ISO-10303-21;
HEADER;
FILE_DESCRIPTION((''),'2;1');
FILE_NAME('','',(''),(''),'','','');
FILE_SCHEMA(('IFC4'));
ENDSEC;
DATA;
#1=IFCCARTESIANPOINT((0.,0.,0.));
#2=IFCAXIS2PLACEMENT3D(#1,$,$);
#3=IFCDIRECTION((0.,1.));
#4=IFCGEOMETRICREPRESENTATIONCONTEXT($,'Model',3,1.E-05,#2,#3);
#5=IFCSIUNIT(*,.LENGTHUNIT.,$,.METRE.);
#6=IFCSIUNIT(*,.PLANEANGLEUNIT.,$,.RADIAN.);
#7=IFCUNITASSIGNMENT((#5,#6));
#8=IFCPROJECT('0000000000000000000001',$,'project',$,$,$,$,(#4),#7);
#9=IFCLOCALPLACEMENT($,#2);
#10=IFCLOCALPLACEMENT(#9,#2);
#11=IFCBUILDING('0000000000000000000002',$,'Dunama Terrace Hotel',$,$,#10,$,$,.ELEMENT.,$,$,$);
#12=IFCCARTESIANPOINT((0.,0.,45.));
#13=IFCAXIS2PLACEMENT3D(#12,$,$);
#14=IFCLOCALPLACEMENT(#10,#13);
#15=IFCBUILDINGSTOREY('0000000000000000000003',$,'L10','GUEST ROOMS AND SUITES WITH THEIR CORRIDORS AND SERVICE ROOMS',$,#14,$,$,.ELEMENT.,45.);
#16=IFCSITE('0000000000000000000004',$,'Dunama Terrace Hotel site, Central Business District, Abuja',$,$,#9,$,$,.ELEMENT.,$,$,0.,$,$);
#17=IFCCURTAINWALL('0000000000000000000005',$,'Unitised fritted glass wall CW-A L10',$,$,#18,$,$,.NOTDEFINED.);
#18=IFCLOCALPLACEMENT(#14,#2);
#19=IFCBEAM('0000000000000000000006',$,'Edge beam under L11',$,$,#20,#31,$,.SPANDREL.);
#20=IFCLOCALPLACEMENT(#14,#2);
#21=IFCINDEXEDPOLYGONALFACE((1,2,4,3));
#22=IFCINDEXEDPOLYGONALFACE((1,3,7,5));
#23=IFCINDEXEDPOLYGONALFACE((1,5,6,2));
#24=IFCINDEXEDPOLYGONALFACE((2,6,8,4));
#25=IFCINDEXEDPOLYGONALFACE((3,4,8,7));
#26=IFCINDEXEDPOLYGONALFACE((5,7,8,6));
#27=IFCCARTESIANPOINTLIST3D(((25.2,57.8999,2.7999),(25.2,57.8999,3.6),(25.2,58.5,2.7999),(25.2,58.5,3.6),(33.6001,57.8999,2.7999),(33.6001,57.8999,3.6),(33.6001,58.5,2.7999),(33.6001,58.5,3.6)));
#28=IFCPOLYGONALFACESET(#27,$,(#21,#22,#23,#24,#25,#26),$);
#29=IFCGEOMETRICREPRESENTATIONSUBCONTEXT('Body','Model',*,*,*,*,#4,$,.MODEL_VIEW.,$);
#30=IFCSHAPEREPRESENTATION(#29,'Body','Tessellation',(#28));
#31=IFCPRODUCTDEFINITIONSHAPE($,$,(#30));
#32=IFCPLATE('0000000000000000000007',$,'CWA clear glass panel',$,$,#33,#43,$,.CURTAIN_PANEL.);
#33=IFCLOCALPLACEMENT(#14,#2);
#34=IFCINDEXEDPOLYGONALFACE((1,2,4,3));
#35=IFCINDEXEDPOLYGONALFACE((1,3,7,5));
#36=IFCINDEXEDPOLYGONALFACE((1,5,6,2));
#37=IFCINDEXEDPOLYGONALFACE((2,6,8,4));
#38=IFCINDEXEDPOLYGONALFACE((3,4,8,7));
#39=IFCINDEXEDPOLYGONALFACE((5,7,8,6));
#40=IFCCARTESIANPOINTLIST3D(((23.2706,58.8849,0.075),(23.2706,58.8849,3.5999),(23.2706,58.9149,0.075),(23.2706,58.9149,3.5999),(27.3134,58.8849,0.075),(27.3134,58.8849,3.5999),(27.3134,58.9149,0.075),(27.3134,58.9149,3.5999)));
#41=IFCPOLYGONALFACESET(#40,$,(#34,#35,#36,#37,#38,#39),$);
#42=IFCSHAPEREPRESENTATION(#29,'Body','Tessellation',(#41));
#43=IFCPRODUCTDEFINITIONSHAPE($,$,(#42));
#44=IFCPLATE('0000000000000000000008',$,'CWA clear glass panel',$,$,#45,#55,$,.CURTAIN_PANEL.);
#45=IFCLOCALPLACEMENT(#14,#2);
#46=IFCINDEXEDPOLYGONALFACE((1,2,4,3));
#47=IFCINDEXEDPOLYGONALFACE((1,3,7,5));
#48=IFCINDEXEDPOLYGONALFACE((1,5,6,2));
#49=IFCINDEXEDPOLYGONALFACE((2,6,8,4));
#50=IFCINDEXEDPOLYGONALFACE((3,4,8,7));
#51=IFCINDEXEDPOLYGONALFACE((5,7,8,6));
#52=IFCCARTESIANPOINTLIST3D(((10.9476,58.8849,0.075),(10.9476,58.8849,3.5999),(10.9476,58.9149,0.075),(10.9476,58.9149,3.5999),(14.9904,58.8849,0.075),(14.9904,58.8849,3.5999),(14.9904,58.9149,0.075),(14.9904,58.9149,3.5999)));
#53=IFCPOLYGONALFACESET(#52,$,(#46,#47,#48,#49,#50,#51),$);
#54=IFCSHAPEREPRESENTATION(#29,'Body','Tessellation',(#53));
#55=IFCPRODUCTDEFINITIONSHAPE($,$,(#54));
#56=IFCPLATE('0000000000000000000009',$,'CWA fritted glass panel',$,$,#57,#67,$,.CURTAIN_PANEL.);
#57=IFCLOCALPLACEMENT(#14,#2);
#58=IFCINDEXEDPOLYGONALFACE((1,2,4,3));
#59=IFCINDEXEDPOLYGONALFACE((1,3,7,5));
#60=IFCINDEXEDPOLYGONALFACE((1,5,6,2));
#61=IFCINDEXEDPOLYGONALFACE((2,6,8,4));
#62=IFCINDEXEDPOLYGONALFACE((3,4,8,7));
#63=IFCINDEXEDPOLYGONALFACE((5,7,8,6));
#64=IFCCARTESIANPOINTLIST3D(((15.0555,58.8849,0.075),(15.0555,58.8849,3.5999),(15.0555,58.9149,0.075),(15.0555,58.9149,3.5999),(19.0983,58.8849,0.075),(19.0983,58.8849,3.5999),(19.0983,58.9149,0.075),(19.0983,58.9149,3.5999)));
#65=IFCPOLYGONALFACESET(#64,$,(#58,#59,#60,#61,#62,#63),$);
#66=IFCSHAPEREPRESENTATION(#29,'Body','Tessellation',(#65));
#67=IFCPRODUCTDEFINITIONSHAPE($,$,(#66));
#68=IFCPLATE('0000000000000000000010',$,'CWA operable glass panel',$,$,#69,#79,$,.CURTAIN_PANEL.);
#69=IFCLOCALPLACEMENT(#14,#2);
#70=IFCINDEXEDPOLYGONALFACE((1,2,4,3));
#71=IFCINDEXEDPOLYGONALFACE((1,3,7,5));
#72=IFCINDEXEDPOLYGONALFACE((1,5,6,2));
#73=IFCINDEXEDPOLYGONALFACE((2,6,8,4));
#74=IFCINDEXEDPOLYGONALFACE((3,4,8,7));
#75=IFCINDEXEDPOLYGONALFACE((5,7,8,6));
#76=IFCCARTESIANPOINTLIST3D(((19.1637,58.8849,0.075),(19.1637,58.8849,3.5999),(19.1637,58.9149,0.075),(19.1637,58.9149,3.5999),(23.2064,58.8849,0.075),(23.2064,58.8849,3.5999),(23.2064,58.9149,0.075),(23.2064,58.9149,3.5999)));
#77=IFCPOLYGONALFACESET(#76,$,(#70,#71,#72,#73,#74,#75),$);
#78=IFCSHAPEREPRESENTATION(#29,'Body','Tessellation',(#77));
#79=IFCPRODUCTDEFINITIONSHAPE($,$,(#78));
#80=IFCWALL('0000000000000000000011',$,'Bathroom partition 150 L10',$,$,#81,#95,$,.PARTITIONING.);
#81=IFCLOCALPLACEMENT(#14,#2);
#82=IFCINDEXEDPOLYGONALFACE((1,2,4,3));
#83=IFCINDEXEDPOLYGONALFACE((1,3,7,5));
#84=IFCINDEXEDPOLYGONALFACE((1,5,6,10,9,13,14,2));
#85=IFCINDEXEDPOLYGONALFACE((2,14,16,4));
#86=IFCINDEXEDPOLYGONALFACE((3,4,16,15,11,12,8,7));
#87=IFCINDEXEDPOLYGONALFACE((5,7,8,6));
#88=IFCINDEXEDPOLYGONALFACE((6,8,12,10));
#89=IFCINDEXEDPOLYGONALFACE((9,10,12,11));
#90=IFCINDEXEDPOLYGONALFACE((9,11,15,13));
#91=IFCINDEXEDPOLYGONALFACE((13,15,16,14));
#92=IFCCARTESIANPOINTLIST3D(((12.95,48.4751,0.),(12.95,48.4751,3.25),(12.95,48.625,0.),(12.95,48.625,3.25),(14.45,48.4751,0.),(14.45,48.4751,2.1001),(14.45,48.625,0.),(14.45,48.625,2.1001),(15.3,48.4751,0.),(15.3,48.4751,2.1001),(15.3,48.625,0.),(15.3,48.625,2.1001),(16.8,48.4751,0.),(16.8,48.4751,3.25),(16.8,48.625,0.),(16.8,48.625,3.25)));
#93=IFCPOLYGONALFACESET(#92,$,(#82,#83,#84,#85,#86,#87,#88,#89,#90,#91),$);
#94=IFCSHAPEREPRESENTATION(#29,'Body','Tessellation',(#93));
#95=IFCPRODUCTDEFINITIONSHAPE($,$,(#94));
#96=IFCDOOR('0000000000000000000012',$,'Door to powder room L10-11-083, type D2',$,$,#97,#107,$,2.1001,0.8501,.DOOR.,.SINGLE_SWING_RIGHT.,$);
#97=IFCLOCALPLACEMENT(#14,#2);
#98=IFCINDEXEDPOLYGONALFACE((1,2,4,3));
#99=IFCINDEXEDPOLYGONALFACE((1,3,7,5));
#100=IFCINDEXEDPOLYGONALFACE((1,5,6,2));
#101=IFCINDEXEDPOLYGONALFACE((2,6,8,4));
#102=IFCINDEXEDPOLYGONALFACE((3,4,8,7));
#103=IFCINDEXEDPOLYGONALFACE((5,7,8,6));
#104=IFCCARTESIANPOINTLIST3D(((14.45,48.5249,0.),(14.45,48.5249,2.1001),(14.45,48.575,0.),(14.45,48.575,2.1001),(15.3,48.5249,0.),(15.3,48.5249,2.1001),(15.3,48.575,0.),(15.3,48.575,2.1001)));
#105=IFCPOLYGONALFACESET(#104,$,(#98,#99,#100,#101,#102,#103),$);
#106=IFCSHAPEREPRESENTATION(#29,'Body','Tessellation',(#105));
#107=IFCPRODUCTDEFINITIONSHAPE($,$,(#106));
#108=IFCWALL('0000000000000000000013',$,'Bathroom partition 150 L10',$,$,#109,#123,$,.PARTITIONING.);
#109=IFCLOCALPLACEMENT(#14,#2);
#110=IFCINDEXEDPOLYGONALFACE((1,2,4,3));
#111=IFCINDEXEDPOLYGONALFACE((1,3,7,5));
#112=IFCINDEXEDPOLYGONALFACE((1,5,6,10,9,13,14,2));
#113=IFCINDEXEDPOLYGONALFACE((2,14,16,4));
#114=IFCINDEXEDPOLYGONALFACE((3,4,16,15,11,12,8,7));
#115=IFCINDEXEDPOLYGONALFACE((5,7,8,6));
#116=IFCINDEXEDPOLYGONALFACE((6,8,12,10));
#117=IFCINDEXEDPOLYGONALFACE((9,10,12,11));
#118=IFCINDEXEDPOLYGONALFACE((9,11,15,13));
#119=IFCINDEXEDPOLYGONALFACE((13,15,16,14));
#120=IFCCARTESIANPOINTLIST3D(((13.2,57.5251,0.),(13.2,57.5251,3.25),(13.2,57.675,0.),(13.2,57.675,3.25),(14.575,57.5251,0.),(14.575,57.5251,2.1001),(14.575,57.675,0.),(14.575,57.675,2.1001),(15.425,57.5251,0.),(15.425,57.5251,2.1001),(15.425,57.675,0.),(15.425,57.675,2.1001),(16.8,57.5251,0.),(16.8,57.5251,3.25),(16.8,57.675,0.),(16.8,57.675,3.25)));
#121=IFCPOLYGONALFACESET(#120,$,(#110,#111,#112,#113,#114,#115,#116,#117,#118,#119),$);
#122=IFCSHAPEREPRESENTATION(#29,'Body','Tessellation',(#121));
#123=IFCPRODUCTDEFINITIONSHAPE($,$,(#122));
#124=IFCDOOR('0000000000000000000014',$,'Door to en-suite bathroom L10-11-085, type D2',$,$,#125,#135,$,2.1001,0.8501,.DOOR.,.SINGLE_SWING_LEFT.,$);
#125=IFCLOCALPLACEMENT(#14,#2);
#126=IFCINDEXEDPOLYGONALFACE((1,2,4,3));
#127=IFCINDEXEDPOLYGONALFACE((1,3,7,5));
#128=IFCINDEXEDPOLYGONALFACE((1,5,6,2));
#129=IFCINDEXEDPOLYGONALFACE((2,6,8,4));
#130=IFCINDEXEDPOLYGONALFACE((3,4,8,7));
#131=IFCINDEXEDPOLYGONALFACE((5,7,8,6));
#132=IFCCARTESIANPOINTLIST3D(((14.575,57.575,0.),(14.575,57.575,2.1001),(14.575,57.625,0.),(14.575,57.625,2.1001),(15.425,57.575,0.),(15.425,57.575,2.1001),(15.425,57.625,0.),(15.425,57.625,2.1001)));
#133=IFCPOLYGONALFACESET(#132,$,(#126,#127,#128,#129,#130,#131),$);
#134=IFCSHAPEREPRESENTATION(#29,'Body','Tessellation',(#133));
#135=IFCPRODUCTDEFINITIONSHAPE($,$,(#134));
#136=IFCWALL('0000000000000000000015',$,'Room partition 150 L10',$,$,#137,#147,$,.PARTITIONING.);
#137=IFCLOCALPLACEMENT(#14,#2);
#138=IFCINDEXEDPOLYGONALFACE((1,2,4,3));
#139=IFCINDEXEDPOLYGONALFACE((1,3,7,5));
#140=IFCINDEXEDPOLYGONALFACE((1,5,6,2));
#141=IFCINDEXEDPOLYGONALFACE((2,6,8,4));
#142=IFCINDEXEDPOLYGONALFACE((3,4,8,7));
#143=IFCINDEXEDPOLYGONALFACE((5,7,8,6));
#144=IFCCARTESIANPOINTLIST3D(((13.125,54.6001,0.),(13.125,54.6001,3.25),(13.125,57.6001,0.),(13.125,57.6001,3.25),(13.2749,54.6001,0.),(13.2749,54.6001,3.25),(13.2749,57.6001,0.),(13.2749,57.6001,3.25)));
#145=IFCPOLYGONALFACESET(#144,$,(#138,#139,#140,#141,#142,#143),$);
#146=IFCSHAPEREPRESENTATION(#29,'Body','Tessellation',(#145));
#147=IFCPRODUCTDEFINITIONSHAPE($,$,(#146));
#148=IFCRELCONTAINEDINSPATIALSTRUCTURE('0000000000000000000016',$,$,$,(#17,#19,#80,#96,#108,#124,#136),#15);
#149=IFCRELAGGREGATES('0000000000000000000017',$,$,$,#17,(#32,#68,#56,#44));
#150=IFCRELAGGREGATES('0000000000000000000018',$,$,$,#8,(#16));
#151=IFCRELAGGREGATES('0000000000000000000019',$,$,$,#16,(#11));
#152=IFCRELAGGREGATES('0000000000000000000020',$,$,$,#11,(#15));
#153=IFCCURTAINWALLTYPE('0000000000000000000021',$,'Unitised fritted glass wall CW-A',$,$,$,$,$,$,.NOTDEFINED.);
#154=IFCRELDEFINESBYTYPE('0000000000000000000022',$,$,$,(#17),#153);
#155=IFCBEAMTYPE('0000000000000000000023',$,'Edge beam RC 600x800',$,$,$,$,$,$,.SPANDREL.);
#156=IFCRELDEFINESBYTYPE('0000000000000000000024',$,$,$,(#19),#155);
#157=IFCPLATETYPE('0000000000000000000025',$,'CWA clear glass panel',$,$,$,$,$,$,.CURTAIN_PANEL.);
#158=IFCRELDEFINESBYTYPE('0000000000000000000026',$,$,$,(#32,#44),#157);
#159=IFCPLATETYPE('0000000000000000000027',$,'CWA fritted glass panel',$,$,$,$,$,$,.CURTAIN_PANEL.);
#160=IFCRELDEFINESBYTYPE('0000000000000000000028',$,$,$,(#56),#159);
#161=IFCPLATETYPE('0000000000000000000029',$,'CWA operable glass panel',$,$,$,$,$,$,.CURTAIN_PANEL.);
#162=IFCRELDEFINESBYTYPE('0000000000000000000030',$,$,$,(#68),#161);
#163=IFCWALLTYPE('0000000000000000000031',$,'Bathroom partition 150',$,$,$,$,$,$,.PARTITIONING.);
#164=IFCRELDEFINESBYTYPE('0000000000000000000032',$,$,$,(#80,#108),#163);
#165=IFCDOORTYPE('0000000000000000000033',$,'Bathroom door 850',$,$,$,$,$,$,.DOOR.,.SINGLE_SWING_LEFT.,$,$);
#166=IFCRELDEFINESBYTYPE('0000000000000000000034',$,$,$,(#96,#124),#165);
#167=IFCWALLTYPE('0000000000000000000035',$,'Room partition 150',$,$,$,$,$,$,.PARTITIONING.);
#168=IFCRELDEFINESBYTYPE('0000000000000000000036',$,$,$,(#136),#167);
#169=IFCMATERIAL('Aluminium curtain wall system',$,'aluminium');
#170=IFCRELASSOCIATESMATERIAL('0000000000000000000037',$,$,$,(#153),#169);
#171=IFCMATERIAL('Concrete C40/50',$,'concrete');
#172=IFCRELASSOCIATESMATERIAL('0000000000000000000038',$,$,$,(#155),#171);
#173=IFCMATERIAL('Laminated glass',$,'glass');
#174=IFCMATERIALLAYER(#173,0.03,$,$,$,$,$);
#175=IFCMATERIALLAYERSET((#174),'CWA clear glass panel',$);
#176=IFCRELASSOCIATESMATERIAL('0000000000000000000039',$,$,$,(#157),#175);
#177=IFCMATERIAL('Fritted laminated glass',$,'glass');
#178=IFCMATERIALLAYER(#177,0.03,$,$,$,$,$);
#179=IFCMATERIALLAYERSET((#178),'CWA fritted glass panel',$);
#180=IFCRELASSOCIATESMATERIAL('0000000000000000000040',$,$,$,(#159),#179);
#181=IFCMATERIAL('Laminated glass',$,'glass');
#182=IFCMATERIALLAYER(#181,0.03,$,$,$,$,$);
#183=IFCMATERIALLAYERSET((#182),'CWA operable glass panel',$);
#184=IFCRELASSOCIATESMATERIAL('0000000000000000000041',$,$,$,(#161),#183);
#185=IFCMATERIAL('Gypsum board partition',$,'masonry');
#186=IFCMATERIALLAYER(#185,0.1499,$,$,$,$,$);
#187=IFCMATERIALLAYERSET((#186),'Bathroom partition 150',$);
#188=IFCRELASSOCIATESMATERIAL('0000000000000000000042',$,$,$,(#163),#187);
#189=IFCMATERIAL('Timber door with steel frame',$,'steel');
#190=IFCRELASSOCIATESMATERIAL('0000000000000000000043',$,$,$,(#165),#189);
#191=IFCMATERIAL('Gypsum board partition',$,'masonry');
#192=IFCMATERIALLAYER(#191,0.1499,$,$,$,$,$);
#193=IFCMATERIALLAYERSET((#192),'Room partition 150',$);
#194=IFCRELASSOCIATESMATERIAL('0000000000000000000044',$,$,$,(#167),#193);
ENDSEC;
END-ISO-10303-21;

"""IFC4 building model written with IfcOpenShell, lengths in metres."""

from ifc_helpers import new_model, si_unit, direction, frame, frame_2d, origin, origin_2d, place, context, subcontext, project, spatial, rectangle, extrude, material, layer, layer_set, material_profile, profile_set, type_object, element, fill, aggregate, save


model = new_model("IFC4")

# Units and contexts
model_context = context("Model", 3, precision=1e-05, world=origin(), true_north=direction((0.0, 1.0)))
body_context = subcontext(model_context, "Body", "Model", "MODEL_VIEW")
ifc_project = project(units=[si_unit("LENGTHUNIT", "METRE"), si_unit("PLANEANGLEUNIT", "RADIAN")], contexts=[model_context])

# Site, building, storey
site_placement = place(None, origin())
site = spatial("IfcSite", under=ifc_project, at=site_placement, Name="Dunama Terrace Hotel site, Central Business District, Abuja", CompositionType="ELEMENT", RefElevation=0.0)
building_placement = place(site_placement, origin())
building = spatial("IfcBuilding", under=site, at=building_placement, Name="Dunama Terrace Hotel", CompositionType="ELEMENT")
storey_placement = place(building_placement, frame((0.0, 0.0, 45.0)))
storey = spatial("IfcBuildingStorey", under=building, at=storey_placement, Name="L10", Description="GUEST ROOMS AND SUITES WITH THEIR CORRIDORS AND SERVICE ROOMS", CompositionType="ELEMENT", Elevation=45.0)

# Curtain wall
ifc_material_1 = material(Name="Aluminium curtain wall system", Category="aluminium")
curtain_wall_type = type_object("IfcCurtainWallType", Name="Unitised fritted glass wall CW-A", PredefinedType="NOTDEFINED", material=ifc_material_1)
curtain_wall_placement = place(storey_placement, origin())
curtain_wall = element("IfcCurtainWall", 1, at=curtain_wall_placement, inside=storey, type_object=curtain_wall_type, Name="Unitised fritted glass wall CW-A L10", PredefinedType="NOTDEFINED")

# Beam
ifc_material_2 = material(Name="Concrete C40/50", Category="concrete")
ifc_material_profile_1 = material_profile(ifc_material_2, rectangle(XDim=0.6001, YDim=0.8, at=origin_2d()), Name="RC 600x800")
ifc_profile_set_1 = profile_set([ifc_material_profile_1], Name="Concrete C40/50")
beam_type = type_object("IfcBeamType", Name="Edge beam RC 600x800", PredefinedType="SPANDREL", material=ifc_profile_set_1)
beam_1_placement = place(storey_placement, frame((25.2, 58.2, 3.2), z_axis=(1.0, 0.0, 0.0), x_axis=(0.0, 1.0, 0.0)))
element("IfcBeam", 2, at=beam_1_placement, inside=storey, type_object=beam_type, Name="Edge beam under L11", PredefinedType="SPANDREL", context=body_context, shape_type="SweptSolid", body=[
    extrude(rectangle(XDim=0.6001, YDim=0.8, at=origin_2d()), origin(), (0.0, 0.0, 1.0), 8.4001),
])

# Plates
ifc_material_3 = material(Name="Laminated glass", Category="glass")
ifc_layer_1 = layer(ifc_material_3, 0.03)
ifc_layer_set_1 = layer_set([ifc_layer_1], Name="CWA clear glass panel")
plate_type_1 = type_object("IfcPlateType", Name="CWA clear glass panel", PredefinedType="CURTAIN_PANEL", material=ifc_layer_set_1)
plate_1_placement = place(storey_placement, frame((25.292, 58.8999, 0.075), z_axis=(0.0, 0.0, 1.0), x_axis=(-1.0, 0.0, 0.0)))
plate_1 = element("IfcPlate", 3, at=plate_1_placement, type_object=plate_type_1, Name="CWA clear glass panel", PredefinedType="CURTAIN_PANEL", context=body_context, shape_type="SweptSolid", body=[
    extrude(rectangle(XDim=4.0427, YDim=0.03, at=origin_2d()), origin(), (0.0, 0.0, 1.0), 3.5249),
])
plate_2_placement = place(storey_placement, frame((12.969, 58.8999, 0.075), z_axis=(0.0, 0.0, 1.0), x_axis=(-1.0, 0.0, 0.0)))
plate_2 = element("IfcPlate", 4, at=plate_2_placement, type_object=plate_type_1, Name="CWA clear glass panel", PredefinedType="CURTAIN_PANEL", context=body_context, shape_type="SweptSolid", body=[
    extrude(rectangle(XDim=4.0427, YDim=0.03, at=origin_2d()), origin(), (0.0, 0.0, 1.0), 3.5249),
])
ifc_material_4 = material(Name="Fritted laminated glass", Category="glass")
ifc_layer_2 = layer(ifc_material_4, 0.03)
ifc_layer_set_2 = layer_set([ifc_layer_2], Name="CWA fritted glass panel")
plate_type_2 = type_object("IfcPlateType", Name="CWA fritted glass panel", PredefinedType="CURTAIN_PANEL", material=ifc_layer_set_2)
plate_3_placement = place(storey_placement, frame((17.0769, 58.8999, 0.075), z_axis=(0.0, 0.0, 1.0), x_axis=(-1.0, 0.0, 0.0)))
plate_3 = element("IfcPlate", 5, at=plate_3_placement, type_object=plate_type_2, Name="CWA fritted glass panel", PredefinedType="CURTAIN_PANEL", context=body_context, shape_type="SweptSolid", body=[
    extrude(rectangle(XDim=4.0427, YDim=0.03, at=origin_2d()), origin(), (0.0, 0.0, 1.0), 3.5249),
])
ifc_material_5 = material(Name="Laminated glass", Category="glass")
ifc_layer_3 = layer(ifc_material_5, 0.03)
ifc_layer_set_3 = layer_set([ifc_layer_3], Name="CWA operable glass panel")
plate_type_3 = type_object("IfcPlateType", Name="CWA operable glass panel", PredefinedType="CURTAIN_PANEL", material=ifc_layer_set_3)
plate_4_placement = place(storey_placement, frame((21.1851, 58.8999, 0.075), z_axis=(0.0, 0.0, 1.0), x_axis=(-1.0, 0.0, 0.0)))
plate_4 = element("IfcPlate", 6, at=plate_4_placement, type_object=plate_type_3, Name="CWA operable glass panel", PredefinedType="CURTAIN_PANEL", context=body_context, shape_type="SweptSolid", body=[
    extrude(rectangle(XDim=4.0427, YDim=0.03, at=origin_2d()), origin(), (0.0, 0.0, 1.0), 3.5249),
])
aggregate(curtain_wall, [plate_1, plate_4, plate_3, plate_2])

# Walls, openings, doors
ifc_material_6 = material(Name="Gypsum board partition", Category="masonry")
ifc_layer_4 = layer(ifc_material_6, 0.1499)
ifc_layer_set_4 = layer_set([ifc_layer_4], Name="Bathroom partition 150")
wall_type_1 = type_object("IfcWallType", Name="Bathroom partition 150", PredefinedType="PARTITIONING", material=ifc_layer_set_4)
wall_1_placement = place(storey_placement, frame((12.95, 48.55, 0.0), z_axis=(0.0, 0.0, 1.0), x_axis=(1.0, 0.0, 0.0)))
wall_1 = element("IfcWall", 7, at=wall_1_placement, inside=storey, type_object=wall_type_1, Name="Bathroom partition 150 L10", PredefinedType="PARTITIONING", context=body_context, shape_type="SweptSolid", body=[
    extrude(rectangle(XDim=3.8501, YDim=0.1499, at=frame_2d((1.925, 0.0))), origin(), (0.0, 0.0, 1.0), 3.25),
])
opening_1_placement = place(wall_1_placement, frame((1.5, 0.0, 0.0)))
opening_1 = element("IfcOpeningElement", 8, at=opening_1_placement, cuts=wall_1, PredefinedType="OPENING", context=body_context, shape_type="SweptSolid", body=[
    extrude(rectangle(XDim=0.8501, YDim=2.1001, at=frame_2d((0.425, 1.05))), frame((0.0, 0.085, 0.0), z_axis=(0.0, -1.0, 0.0), x_axis=(1.0, 0.0, 0.0)), (0.0, 0.0, 1.0), 0.1699),
])
ifc_material_7 = material(Name="Timber door with steel frame", Category="steel")
door_type_1 = type_object("IfcDoorType", Name="Bathroom door 850", OperationType="SINGLE_SWING_LEFT", PredefinedType="DOOR", material=ifc_material_7)
door_1_placement = place(opening_1_placement, frame((0.8501, 0.0, 0.0), z_axis=(0.0, 0.0, 1.0), x_axis=(-1.0, 0.0, 0.0)))
door_1 = element("IfcDoor", 9, at=door_1_placement, inside=storey, type_object=door_type_1, Name="Door to powder room L10-11-083, type D2", OperationType="SINGLE_SWING_RIGHT", OverallHeight=2.1001, OverallWidth=0.8501, PredefinedType="DOOR", context=body_context, shape_type="SweptSolid", body=[
    extrude(rectangle(XDim=0.8501, YDim=2.1001, at=frame_2d((0.425, 1.05))), frame((0.0, 0.0251, 0.0), z_axis=(0.0, -1.0, 0.0), x_axis=(1.0, 0.0, 0.0)), (0.0, 0.0, 1.0), 0.05),
])
fill(opening_1, door_1)
wall_2_placement = place(storey_placement, frame((13.2, 57.6001, 0.0), z_axis=(0.0, 0.0, 1.0), x_axis=(1.0, 0.0, 0.0)))
wall_2 = element("IfcWall", 10, at=wall_2_placement, inside=storey, type_object=wall_type_1, Name="Bathroom partition 150 L10", PredefinedType="PARTITIONING", context=body_context, shape_type="SweptSolid", body=[
    extrude(rectangle(XDim=3.6001, YDim=0.1499, at=frame_2d((1.8, 0.0))), origin(), (0.0, 0.0, 1.0), 3.25),
])
opening_2_placement = place(wall_2_placement, frame((1.375, 0.0, 0.0)))
opening_2 = element("IfcOpeningElement", 11, at=opening_2_placement, cuts=wall_2, PredefinedType="OPENING", context=body_context, shape_type="SweptSolid", body=[
    extrude(rectangle(XDim=0.8501, YDim=2.1001, at=frame_2d((0.425, 1.05))), frame((0.0, 0.085, 0.0), z_axis=(0.0, -1.0, 0.0), x_axis=(1.0, 0.0, 0.0)), (0.0, 0.0, 1.0), 0.1699),
])
door_2_placement = place(opening_2_placement, frame((0.8501, 0.0, 0.0), z_axis=(0.0, 0.0, 1.0), x_axis=(-1.0, 0.0, 0.0)))
door_2 = element("IfcDoor", 12, at=door_2_placement, inside=storey, type_object=door_type_1, Name="Door to en-suite bathroom L10-11-085, type D2", OperationType="SINGLE_SWING_LEFT", OverallHeight=2.1001, OverallWidth=0.8501, PredefinedType="DOOR", context=body_context, shape_type="SweptSolid", body=[
    extrude(rectangle(XDim=0.8501, YDim=2.1001, at=frame_2d((0.425, 1.05))), frame((0.0, 0.0251, 0.0), z_axis=(0.0, -1.0, 0.0), x_axis=(1.0, 0.0, 0.0)), (0.0, 0.0, 1.0), 0.05),
])
fill(opening_2, door_2)

# Wall
ifc_material_8 = material(Name="Gypsum board partition", Category="masonry")
ifc_layer_5 = layer(ifc_material_8, 0.1499)
ifc_layer_set_5 = layer_set([ifc_layer_5], Name="Room partition 150")
wall_type_2 = type_object("IfcWallType", Name="Room partition 150", PredefinedType="PARTITIONING", material=ifc_layer_set_5)
wall_3_placement = place(storey_placement, frame((13.2, 54.6001, 0.0), z_axis=(0.0, 0.0, 1.0), x_axis=(0.0, 1.0, 0.0)))
element("IfcWall", 13, at=wall_3_placement, inside=storey, type_object=wall_type_2, Name="Room partition 150 L10", PredefinedType="PARTITIONING", context=body_context, shape_type="SweptSolid", body=[
    extrude(rectangle(XDim=3.0, YDim=0.1499, at=frame_2d((1.5, 0.0))), origin(), (0.0, 0.0, 1.0), 3.25),
])

save(model, "model.ifc")
